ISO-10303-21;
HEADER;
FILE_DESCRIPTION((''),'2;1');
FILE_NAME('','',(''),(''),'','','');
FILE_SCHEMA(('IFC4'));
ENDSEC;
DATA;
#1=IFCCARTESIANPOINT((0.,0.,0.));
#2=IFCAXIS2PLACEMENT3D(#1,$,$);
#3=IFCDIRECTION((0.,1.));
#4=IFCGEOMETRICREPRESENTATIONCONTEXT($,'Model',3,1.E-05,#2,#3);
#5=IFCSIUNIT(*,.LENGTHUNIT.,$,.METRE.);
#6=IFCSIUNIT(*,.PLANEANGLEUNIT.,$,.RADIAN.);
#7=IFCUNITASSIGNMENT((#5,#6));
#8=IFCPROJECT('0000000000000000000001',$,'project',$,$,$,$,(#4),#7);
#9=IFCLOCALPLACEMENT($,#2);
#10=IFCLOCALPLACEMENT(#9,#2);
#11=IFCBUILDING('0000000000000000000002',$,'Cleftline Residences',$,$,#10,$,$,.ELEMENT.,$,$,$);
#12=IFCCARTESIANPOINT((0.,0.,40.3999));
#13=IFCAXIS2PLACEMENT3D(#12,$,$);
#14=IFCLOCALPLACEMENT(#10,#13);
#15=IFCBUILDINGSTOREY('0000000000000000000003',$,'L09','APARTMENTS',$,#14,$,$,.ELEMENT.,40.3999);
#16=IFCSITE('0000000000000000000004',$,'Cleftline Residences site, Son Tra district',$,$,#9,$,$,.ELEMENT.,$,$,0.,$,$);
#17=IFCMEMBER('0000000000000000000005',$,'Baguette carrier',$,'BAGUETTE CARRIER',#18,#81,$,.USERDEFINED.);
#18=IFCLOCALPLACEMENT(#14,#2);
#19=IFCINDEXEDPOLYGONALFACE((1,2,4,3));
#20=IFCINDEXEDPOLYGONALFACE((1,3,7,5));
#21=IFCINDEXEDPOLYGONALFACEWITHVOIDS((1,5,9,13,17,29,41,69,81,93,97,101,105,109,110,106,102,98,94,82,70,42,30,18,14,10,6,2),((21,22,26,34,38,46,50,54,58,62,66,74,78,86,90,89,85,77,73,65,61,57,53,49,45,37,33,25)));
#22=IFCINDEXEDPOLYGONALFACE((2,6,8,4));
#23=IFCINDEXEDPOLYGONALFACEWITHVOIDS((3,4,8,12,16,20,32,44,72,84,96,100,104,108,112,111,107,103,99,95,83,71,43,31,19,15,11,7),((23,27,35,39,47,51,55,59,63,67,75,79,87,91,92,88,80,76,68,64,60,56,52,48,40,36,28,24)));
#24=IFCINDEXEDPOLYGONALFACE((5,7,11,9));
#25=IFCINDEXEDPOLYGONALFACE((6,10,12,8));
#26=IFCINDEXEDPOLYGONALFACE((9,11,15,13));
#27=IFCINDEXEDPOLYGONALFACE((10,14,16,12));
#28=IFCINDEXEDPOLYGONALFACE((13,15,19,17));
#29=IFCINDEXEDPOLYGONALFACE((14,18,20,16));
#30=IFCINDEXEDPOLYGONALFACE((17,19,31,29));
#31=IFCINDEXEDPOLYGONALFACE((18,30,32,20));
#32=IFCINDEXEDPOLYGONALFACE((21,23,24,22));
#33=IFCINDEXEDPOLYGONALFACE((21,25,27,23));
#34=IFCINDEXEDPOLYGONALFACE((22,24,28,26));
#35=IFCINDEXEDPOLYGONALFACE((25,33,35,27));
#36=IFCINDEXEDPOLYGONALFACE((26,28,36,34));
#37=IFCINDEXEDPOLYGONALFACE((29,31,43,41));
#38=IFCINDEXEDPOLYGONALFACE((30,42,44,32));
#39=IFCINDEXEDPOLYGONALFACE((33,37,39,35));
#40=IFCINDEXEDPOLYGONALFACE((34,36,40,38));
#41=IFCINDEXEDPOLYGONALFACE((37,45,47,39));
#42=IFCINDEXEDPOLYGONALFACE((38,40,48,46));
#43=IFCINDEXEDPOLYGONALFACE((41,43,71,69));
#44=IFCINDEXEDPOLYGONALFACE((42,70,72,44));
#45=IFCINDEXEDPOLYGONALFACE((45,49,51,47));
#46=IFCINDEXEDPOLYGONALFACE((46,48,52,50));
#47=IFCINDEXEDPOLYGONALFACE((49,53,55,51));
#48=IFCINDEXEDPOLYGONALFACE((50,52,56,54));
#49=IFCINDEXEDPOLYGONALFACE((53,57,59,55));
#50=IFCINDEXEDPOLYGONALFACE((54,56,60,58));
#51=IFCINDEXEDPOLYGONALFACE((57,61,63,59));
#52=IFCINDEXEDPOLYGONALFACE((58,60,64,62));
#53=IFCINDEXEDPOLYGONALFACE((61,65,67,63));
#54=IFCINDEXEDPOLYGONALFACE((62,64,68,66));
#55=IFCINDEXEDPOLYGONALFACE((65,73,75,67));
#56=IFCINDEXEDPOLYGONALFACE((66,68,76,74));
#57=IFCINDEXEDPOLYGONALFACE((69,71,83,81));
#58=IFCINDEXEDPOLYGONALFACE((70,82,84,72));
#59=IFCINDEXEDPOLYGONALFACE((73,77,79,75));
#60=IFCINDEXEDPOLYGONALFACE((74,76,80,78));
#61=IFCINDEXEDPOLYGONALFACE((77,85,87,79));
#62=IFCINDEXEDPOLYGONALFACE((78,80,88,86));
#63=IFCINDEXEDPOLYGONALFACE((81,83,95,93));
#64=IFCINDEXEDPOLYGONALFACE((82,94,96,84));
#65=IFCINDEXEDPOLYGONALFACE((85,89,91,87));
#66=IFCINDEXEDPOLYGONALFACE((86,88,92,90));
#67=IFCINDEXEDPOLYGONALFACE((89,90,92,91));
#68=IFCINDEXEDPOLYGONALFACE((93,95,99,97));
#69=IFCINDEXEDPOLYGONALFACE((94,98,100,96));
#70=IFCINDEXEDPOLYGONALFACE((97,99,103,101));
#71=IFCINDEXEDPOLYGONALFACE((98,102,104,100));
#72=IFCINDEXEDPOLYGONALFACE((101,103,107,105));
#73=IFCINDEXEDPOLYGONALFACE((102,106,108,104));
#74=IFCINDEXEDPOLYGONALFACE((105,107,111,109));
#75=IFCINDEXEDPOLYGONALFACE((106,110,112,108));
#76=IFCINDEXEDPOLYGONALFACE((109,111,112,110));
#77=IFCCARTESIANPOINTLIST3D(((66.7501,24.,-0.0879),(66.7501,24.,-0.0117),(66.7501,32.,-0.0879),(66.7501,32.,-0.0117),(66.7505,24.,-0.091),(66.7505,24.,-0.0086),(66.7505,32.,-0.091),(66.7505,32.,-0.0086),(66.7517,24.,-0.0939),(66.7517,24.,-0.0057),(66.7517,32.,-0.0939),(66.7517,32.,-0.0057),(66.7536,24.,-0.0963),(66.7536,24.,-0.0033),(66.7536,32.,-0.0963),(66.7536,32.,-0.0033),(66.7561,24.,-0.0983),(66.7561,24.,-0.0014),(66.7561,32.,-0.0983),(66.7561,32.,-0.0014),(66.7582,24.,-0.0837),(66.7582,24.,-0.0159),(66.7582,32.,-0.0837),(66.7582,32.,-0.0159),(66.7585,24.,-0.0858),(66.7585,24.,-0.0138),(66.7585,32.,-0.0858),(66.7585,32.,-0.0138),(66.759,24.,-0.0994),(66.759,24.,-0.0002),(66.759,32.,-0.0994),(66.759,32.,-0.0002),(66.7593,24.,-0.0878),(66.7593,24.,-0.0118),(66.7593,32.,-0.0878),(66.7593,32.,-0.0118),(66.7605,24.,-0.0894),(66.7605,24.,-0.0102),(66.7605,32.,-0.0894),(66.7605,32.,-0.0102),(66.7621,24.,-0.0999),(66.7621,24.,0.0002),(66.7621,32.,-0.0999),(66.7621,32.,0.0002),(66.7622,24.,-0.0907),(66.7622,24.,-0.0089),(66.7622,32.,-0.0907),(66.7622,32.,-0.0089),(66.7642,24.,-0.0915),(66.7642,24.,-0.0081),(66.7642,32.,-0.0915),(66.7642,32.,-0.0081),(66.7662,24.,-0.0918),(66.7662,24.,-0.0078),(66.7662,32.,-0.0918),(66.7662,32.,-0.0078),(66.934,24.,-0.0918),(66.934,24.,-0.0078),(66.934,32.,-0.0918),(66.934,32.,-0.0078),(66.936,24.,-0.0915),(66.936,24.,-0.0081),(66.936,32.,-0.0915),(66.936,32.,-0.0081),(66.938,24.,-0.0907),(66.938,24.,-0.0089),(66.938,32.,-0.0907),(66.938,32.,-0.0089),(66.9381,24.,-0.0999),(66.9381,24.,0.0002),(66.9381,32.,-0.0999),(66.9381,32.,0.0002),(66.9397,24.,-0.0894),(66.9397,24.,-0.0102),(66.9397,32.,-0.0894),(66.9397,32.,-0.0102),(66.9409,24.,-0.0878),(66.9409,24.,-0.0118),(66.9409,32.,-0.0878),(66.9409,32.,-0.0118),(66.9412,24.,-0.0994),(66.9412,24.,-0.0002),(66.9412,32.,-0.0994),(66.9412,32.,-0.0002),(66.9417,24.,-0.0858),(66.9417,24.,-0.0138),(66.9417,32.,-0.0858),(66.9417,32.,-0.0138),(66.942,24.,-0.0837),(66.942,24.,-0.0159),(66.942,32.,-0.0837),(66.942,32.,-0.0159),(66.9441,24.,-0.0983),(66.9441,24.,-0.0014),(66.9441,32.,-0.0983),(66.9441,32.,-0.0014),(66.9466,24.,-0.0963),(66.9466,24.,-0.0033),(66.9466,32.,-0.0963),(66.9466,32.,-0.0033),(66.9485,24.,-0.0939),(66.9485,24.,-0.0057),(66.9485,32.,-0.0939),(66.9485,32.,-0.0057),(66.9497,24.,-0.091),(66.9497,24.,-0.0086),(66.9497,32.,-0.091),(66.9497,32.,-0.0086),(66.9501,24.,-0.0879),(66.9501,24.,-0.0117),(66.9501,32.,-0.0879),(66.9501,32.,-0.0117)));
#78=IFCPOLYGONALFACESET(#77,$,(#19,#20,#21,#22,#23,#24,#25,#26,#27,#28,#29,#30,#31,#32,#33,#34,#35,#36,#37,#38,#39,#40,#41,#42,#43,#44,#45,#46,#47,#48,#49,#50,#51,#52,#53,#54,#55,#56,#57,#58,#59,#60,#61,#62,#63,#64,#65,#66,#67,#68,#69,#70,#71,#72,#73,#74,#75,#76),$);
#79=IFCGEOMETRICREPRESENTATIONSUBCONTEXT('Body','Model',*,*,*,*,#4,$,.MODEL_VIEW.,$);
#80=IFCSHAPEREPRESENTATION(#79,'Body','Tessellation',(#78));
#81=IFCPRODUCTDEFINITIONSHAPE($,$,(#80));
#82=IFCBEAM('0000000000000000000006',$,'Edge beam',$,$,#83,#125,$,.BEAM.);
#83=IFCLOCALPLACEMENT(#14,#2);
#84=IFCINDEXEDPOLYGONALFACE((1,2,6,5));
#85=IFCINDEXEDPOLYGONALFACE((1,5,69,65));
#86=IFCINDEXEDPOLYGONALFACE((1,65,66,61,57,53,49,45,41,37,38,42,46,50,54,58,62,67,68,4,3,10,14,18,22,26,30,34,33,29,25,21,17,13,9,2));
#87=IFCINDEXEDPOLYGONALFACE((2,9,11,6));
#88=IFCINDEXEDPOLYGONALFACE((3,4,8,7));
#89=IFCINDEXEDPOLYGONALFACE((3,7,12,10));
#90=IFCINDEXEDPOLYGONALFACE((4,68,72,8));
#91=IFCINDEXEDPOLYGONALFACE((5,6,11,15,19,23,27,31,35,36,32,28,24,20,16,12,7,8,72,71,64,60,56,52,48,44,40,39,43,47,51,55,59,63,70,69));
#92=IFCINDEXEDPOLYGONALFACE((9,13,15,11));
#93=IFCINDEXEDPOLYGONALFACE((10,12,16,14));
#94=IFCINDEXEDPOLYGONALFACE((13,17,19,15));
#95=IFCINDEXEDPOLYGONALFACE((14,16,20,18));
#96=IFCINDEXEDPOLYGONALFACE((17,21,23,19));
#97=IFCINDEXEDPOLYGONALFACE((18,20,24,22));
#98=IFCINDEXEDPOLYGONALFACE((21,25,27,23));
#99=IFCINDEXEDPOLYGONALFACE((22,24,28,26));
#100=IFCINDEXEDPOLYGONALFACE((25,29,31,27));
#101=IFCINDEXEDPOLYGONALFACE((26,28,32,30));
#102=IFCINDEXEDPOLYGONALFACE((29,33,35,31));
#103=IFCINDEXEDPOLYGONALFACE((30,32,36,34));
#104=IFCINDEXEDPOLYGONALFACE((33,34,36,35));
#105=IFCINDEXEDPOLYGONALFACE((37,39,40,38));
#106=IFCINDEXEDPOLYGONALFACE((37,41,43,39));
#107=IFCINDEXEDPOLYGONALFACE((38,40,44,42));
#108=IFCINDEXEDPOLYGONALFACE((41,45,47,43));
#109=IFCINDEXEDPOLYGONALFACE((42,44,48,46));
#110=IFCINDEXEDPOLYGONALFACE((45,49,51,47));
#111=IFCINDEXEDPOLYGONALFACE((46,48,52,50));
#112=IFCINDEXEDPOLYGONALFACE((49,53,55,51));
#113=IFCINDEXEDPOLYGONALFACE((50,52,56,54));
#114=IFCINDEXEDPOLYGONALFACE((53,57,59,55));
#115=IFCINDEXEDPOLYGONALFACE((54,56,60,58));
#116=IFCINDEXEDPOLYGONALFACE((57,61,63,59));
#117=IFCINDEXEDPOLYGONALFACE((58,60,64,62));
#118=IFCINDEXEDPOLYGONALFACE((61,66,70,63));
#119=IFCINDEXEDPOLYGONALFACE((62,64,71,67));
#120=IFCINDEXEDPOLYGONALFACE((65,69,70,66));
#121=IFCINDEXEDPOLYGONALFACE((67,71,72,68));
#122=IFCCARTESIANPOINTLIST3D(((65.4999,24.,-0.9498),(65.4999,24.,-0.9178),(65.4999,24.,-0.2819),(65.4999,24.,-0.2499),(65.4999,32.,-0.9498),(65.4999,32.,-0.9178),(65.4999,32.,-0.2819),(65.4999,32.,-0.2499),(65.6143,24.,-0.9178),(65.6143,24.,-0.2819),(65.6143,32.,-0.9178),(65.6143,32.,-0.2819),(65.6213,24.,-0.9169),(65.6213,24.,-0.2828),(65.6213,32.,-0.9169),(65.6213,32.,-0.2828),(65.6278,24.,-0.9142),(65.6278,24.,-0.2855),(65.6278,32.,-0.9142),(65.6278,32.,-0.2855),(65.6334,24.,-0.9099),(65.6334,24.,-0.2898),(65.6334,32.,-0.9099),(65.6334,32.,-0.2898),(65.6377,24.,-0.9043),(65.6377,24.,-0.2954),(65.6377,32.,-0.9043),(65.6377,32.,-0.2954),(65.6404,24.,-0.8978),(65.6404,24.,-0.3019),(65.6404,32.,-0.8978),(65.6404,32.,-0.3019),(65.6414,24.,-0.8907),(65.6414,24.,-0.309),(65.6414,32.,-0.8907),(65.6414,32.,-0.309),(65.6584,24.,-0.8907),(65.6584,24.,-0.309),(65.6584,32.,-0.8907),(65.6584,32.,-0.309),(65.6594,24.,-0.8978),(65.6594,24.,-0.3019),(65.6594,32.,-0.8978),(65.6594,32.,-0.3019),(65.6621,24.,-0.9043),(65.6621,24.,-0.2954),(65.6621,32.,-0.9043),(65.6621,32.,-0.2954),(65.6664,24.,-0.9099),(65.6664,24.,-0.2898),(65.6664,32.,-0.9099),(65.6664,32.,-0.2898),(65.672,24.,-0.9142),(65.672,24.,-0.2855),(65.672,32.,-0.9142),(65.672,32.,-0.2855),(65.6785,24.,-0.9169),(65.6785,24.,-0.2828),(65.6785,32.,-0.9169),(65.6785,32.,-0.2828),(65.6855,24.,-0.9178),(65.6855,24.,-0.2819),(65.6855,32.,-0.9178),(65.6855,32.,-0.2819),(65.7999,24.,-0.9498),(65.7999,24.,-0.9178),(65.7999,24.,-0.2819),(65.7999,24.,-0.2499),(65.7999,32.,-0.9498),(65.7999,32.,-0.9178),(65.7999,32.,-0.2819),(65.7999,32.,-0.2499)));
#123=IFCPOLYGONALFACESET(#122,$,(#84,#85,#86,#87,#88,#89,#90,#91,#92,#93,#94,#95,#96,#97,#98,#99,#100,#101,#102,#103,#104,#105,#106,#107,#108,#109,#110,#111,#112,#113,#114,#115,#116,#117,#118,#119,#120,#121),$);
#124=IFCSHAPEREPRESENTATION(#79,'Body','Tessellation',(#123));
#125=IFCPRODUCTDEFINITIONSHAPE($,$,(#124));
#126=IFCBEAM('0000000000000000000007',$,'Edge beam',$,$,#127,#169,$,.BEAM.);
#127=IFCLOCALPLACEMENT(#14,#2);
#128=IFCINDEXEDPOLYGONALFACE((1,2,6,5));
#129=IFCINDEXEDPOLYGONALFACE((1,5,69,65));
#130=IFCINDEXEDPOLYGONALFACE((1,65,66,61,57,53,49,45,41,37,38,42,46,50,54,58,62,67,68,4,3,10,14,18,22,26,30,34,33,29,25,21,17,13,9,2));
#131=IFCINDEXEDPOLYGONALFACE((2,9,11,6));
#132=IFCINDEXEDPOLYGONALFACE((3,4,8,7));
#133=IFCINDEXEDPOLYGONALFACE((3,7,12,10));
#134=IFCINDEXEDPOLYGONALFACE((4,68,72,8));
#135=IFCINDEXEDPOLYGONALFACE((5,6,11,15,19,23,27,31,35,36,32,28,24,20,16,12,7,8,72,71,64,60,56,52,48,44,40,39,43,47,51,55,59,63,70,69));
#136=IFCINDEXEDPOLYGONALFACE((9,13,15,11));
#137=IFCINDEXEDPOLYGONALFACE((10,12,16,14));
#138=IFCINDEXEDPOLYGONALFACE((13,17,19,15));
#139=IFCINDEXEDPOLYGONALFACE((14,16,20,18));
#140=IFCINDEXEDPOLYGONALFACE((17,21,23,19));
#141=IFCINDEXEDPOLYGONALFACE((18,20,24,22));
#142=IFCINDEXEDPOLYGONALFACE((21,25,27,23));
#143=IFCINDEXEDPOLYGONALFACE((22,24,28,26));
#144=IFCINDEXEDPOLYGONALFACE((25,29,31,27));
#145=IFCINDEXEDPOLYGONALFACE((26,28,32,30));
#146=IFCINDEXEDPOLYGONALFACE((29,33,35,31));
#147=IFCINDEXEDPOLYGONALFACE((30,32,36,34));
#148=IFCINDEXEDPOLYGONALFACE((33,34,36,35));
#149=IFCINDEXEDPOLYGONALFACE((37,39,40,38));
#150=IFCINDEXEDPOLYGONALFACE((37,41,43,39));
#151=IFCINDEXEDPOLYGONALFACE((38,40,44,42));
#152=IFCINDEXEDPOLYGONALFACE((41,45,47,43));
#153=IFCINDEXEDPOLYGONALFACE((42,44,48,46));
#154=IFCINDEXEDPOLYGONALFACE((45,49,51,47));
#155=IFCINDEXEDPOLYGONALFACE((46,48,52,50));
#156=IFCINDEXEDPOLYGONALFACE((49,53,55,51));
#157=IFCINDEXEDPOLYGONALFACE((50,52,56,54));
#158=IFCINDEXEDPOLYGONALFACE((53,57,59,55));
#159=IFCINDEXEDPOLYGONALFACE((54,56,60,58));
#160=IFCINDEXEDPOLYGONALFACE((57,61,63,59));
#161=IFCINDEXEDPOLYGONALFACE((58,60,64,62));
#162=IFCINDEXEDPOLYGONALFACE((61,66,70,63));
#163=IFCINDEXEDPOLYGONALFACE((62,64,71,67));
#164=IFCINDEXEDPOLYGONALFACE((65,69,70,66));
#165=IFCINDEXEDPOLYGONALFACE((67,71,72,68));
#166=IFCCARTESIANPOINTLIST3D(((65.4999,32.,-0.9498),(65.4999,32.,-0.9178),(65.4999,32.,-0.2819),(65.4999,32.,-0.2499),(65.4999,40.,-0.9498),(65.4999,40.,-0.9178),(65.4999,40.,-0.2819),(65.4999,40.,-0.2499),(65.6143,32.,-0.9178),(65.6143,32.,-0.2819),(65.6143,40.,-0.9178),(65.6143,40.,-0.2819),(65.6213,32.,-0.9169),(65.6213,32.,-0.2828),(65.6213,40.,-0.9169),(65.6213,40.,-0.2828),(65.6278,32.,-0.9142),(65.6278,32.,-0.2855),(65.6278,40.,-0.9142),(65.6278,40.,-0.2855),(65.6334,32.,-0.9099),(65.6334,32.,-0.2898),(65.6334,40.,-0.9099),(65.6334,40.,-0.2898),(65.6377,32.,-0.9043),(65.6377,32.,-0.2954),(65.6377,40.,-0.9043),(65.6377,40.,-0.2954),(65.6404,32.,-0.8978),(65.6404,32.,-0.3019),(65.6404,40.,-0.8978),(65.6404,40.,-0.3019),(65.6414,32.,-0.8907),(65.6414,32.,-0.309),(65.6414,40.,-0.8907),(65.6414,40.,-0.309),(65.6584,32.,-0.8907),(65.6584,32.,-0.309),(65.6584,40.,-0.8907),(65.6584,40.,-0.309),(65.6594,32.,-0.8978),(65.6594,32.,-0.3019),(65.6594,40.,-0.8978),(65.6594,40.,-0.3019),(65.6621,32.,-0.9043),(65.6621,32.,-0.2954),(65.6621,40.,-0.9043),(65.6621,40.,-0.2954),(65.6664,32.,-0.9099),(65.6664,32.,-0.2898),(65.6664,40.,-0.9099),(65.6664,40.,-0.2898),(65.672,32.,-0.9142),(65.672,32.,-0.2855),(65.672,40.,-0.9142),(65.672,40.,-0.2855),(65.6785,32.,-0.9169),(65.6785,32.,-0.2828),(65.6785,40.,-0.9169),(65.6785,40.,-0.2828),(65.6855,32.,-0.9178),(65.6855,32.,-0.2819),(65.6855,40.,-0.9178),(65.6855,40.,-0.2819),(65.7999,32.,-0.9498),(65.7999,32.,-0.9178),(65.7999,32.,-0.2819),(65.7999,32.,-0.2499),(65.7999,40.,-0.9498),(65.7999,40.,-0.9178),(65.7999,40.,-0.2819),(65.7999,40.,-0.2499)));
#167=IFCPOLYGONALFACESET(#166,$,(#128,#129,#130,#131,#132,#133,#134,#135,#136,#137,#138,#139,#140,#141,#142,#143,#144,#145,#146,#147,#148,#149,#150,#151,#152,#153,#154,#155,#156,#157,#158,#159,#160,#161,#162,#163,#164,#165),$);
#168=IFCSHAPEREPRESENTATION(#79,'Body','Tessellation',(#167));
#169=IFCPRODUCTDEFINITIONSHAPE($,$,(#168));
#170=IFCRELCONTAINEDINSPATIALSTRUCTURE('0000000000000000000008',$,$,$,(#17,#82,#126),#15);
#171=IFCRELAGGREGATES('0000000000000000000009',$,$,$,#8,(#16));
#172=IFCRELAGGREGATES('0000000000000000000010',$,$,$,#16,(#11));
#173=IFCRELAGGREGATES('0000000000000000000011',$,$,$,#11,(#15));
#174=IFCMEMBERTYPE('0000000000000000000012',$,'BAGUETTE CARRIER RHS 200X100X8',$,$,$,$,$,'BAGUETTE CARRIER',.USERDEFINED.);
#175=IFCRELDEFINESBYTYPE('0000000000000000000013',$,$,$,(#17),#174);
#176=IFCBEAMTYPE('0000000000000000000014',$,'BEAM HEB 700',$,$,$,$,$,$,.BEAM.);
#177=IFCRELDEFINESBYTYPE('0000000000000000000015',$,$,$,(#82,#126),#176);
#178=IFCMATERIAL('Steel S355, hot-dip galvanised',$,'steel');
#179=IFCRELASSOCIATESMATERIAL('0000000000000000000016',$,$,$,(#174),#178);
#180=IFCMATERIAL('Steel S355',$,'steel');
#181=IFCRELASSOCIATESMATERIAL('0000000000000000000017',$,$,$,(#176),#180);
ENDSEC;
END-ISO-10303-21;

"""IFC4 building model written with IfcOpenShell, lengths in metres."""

from ifc_helpers import new_model, si_unit, direction, frame, origin, origin_2d, place, context, subcontext, project, spatial, hollow_rectangle, i_section, extrude, material, material_profile, profile_set, type_object, element, save


model = new_model("IFC4")

# Units and contexts
model_context = context("Model", 3, precision=1e-05, world=origin(), true_north=direction((0.0, 1.0)))
body_context = subcontext(model_context, "Body", "Model", "MODEL_VIEW")
ifc_project = project(units=[si_unit("LENGTHUNIT", "METRE"), si_unit("PLANEANGLEUNIT", "RADIAN")], contexts=[model_context])

# Site, building, storey
site_placement = place(None, origin())
site = spatial("IfcSite", under=ifc_project, at=site_placement, Name="Cleftline Residences site, Son Tra district", CompositionType="ELEMENT", RefElevation=0.0)
building_placement = place(site_placement, origin())
building = spatial("IfcBuilding", under=site, at=building_placement, Name="Cleftline Residences", CompositionType="ELEMENT")
storey_placement = place(building_placement, frame((0.0, 0.0, 40.3999)))
storey = spatial("IfcBuildingStorey", under=building, at=storey_placement, Name="L09", Description="APARTMENTS", CompositionType="ELEMENT", Elevation=40.3999)

# Member
ifc_material_1 = material(Name="Steel S355, hot-dip galvanised", Category="steel")
ifc_material_profile_1 = material_profile(ifc_material_1, hollow_rectangle(XDim=0.1001, YDim=0.2, WallThickness=0.0081, InnerFilletRadius=0.0081, OuterFilletRadius=0.012, at=origin_2d()))
ifc_profile_set_1 = profile_set([ifc_material_profile_1], Name="Steel S355, hot-dip galvanised")
member_type_1 = type_object("IfcMemberType", Name="BAGUETTE CARRIER RHS 200X100X8", ElementType="BAGUETTE CARRIER", PredefinedType="USERDEFINED", material=ifc_profile_set_1)
member_placement = place(storey_placement, frame((66.8501, 24.0, -0.0498), z_axis=(0.0, 1.0, 0.0), x_axis=(0.0, 0.0, 1.0)))
element("IfcMember", 1, at=member_placement, inside=storey, type_object=member_type_1, Name="Baguette carrier", ObjectType="BAGUETTE CARRIER", PredefinedType="USERDEFINED", context=body_context, shape_type="SweptSolid", body=[
    extrude(hollow_rectangle(XDim=0.1001, YDim=0.2, WallThickness=0.0081, InnerFilletRadius=0.0081, OuterFilletRadius=0.012, at=origin_2d()), origin(), (0.0, 0.0, 1.0), 8.0),
])

# Beams
ifc_material_2 = material(Name="Steel S355", Category="steel")
ifc_material_profile_2 = material_profile(ifc_material_2, i_section(OverallWidth=0.3, OverallDepth=0.7, WebThickness=0.0171, FlangeThickness=0.032, FilletRadius=0.0271, at=origin_2d()))
ifc_profile_set_2 = profile_set([ifc_material_profile_2], Name="Steel S355")
beam_type_1 = type_object("IfcBeamType", Name="BEAM HEB 700", PredefinedType="BEAM", material=ifc_profile_set_2)
for number, where, z_axis, x_axis, name in (
    (2, (65.6499, 24.0, -0.5999), (0.0, 1.0, 0.0), (-1.0, 0.0, 0.0), "Edge beam"),
    (3, (65.6499, 32.0, -0.5999), (0.0, 1.0, 0.0), (-1.0, 0.0, 0.0), "Edge beam"),
):
    element("IfcBeam", number, at=place(storey_placement, frame(where, z_axis=z_axis, x_axis=x_axis)), inside=storey, type_object=beam_type_1, Name=name, PredefinedType="BEAM", context=body_context, shape_type="SweptSolid", body=[
        extrude(i_section(OverallWidth=0.3, OverallDepth=0.7, WebThickness=0.0171, FlangeThickness=0.032, FilletRadius=0.0271, at=origin_2d()), origin(), (0.0, 0.0, 1.0), 8.0),
    ])

save(model, "model.ifc")
